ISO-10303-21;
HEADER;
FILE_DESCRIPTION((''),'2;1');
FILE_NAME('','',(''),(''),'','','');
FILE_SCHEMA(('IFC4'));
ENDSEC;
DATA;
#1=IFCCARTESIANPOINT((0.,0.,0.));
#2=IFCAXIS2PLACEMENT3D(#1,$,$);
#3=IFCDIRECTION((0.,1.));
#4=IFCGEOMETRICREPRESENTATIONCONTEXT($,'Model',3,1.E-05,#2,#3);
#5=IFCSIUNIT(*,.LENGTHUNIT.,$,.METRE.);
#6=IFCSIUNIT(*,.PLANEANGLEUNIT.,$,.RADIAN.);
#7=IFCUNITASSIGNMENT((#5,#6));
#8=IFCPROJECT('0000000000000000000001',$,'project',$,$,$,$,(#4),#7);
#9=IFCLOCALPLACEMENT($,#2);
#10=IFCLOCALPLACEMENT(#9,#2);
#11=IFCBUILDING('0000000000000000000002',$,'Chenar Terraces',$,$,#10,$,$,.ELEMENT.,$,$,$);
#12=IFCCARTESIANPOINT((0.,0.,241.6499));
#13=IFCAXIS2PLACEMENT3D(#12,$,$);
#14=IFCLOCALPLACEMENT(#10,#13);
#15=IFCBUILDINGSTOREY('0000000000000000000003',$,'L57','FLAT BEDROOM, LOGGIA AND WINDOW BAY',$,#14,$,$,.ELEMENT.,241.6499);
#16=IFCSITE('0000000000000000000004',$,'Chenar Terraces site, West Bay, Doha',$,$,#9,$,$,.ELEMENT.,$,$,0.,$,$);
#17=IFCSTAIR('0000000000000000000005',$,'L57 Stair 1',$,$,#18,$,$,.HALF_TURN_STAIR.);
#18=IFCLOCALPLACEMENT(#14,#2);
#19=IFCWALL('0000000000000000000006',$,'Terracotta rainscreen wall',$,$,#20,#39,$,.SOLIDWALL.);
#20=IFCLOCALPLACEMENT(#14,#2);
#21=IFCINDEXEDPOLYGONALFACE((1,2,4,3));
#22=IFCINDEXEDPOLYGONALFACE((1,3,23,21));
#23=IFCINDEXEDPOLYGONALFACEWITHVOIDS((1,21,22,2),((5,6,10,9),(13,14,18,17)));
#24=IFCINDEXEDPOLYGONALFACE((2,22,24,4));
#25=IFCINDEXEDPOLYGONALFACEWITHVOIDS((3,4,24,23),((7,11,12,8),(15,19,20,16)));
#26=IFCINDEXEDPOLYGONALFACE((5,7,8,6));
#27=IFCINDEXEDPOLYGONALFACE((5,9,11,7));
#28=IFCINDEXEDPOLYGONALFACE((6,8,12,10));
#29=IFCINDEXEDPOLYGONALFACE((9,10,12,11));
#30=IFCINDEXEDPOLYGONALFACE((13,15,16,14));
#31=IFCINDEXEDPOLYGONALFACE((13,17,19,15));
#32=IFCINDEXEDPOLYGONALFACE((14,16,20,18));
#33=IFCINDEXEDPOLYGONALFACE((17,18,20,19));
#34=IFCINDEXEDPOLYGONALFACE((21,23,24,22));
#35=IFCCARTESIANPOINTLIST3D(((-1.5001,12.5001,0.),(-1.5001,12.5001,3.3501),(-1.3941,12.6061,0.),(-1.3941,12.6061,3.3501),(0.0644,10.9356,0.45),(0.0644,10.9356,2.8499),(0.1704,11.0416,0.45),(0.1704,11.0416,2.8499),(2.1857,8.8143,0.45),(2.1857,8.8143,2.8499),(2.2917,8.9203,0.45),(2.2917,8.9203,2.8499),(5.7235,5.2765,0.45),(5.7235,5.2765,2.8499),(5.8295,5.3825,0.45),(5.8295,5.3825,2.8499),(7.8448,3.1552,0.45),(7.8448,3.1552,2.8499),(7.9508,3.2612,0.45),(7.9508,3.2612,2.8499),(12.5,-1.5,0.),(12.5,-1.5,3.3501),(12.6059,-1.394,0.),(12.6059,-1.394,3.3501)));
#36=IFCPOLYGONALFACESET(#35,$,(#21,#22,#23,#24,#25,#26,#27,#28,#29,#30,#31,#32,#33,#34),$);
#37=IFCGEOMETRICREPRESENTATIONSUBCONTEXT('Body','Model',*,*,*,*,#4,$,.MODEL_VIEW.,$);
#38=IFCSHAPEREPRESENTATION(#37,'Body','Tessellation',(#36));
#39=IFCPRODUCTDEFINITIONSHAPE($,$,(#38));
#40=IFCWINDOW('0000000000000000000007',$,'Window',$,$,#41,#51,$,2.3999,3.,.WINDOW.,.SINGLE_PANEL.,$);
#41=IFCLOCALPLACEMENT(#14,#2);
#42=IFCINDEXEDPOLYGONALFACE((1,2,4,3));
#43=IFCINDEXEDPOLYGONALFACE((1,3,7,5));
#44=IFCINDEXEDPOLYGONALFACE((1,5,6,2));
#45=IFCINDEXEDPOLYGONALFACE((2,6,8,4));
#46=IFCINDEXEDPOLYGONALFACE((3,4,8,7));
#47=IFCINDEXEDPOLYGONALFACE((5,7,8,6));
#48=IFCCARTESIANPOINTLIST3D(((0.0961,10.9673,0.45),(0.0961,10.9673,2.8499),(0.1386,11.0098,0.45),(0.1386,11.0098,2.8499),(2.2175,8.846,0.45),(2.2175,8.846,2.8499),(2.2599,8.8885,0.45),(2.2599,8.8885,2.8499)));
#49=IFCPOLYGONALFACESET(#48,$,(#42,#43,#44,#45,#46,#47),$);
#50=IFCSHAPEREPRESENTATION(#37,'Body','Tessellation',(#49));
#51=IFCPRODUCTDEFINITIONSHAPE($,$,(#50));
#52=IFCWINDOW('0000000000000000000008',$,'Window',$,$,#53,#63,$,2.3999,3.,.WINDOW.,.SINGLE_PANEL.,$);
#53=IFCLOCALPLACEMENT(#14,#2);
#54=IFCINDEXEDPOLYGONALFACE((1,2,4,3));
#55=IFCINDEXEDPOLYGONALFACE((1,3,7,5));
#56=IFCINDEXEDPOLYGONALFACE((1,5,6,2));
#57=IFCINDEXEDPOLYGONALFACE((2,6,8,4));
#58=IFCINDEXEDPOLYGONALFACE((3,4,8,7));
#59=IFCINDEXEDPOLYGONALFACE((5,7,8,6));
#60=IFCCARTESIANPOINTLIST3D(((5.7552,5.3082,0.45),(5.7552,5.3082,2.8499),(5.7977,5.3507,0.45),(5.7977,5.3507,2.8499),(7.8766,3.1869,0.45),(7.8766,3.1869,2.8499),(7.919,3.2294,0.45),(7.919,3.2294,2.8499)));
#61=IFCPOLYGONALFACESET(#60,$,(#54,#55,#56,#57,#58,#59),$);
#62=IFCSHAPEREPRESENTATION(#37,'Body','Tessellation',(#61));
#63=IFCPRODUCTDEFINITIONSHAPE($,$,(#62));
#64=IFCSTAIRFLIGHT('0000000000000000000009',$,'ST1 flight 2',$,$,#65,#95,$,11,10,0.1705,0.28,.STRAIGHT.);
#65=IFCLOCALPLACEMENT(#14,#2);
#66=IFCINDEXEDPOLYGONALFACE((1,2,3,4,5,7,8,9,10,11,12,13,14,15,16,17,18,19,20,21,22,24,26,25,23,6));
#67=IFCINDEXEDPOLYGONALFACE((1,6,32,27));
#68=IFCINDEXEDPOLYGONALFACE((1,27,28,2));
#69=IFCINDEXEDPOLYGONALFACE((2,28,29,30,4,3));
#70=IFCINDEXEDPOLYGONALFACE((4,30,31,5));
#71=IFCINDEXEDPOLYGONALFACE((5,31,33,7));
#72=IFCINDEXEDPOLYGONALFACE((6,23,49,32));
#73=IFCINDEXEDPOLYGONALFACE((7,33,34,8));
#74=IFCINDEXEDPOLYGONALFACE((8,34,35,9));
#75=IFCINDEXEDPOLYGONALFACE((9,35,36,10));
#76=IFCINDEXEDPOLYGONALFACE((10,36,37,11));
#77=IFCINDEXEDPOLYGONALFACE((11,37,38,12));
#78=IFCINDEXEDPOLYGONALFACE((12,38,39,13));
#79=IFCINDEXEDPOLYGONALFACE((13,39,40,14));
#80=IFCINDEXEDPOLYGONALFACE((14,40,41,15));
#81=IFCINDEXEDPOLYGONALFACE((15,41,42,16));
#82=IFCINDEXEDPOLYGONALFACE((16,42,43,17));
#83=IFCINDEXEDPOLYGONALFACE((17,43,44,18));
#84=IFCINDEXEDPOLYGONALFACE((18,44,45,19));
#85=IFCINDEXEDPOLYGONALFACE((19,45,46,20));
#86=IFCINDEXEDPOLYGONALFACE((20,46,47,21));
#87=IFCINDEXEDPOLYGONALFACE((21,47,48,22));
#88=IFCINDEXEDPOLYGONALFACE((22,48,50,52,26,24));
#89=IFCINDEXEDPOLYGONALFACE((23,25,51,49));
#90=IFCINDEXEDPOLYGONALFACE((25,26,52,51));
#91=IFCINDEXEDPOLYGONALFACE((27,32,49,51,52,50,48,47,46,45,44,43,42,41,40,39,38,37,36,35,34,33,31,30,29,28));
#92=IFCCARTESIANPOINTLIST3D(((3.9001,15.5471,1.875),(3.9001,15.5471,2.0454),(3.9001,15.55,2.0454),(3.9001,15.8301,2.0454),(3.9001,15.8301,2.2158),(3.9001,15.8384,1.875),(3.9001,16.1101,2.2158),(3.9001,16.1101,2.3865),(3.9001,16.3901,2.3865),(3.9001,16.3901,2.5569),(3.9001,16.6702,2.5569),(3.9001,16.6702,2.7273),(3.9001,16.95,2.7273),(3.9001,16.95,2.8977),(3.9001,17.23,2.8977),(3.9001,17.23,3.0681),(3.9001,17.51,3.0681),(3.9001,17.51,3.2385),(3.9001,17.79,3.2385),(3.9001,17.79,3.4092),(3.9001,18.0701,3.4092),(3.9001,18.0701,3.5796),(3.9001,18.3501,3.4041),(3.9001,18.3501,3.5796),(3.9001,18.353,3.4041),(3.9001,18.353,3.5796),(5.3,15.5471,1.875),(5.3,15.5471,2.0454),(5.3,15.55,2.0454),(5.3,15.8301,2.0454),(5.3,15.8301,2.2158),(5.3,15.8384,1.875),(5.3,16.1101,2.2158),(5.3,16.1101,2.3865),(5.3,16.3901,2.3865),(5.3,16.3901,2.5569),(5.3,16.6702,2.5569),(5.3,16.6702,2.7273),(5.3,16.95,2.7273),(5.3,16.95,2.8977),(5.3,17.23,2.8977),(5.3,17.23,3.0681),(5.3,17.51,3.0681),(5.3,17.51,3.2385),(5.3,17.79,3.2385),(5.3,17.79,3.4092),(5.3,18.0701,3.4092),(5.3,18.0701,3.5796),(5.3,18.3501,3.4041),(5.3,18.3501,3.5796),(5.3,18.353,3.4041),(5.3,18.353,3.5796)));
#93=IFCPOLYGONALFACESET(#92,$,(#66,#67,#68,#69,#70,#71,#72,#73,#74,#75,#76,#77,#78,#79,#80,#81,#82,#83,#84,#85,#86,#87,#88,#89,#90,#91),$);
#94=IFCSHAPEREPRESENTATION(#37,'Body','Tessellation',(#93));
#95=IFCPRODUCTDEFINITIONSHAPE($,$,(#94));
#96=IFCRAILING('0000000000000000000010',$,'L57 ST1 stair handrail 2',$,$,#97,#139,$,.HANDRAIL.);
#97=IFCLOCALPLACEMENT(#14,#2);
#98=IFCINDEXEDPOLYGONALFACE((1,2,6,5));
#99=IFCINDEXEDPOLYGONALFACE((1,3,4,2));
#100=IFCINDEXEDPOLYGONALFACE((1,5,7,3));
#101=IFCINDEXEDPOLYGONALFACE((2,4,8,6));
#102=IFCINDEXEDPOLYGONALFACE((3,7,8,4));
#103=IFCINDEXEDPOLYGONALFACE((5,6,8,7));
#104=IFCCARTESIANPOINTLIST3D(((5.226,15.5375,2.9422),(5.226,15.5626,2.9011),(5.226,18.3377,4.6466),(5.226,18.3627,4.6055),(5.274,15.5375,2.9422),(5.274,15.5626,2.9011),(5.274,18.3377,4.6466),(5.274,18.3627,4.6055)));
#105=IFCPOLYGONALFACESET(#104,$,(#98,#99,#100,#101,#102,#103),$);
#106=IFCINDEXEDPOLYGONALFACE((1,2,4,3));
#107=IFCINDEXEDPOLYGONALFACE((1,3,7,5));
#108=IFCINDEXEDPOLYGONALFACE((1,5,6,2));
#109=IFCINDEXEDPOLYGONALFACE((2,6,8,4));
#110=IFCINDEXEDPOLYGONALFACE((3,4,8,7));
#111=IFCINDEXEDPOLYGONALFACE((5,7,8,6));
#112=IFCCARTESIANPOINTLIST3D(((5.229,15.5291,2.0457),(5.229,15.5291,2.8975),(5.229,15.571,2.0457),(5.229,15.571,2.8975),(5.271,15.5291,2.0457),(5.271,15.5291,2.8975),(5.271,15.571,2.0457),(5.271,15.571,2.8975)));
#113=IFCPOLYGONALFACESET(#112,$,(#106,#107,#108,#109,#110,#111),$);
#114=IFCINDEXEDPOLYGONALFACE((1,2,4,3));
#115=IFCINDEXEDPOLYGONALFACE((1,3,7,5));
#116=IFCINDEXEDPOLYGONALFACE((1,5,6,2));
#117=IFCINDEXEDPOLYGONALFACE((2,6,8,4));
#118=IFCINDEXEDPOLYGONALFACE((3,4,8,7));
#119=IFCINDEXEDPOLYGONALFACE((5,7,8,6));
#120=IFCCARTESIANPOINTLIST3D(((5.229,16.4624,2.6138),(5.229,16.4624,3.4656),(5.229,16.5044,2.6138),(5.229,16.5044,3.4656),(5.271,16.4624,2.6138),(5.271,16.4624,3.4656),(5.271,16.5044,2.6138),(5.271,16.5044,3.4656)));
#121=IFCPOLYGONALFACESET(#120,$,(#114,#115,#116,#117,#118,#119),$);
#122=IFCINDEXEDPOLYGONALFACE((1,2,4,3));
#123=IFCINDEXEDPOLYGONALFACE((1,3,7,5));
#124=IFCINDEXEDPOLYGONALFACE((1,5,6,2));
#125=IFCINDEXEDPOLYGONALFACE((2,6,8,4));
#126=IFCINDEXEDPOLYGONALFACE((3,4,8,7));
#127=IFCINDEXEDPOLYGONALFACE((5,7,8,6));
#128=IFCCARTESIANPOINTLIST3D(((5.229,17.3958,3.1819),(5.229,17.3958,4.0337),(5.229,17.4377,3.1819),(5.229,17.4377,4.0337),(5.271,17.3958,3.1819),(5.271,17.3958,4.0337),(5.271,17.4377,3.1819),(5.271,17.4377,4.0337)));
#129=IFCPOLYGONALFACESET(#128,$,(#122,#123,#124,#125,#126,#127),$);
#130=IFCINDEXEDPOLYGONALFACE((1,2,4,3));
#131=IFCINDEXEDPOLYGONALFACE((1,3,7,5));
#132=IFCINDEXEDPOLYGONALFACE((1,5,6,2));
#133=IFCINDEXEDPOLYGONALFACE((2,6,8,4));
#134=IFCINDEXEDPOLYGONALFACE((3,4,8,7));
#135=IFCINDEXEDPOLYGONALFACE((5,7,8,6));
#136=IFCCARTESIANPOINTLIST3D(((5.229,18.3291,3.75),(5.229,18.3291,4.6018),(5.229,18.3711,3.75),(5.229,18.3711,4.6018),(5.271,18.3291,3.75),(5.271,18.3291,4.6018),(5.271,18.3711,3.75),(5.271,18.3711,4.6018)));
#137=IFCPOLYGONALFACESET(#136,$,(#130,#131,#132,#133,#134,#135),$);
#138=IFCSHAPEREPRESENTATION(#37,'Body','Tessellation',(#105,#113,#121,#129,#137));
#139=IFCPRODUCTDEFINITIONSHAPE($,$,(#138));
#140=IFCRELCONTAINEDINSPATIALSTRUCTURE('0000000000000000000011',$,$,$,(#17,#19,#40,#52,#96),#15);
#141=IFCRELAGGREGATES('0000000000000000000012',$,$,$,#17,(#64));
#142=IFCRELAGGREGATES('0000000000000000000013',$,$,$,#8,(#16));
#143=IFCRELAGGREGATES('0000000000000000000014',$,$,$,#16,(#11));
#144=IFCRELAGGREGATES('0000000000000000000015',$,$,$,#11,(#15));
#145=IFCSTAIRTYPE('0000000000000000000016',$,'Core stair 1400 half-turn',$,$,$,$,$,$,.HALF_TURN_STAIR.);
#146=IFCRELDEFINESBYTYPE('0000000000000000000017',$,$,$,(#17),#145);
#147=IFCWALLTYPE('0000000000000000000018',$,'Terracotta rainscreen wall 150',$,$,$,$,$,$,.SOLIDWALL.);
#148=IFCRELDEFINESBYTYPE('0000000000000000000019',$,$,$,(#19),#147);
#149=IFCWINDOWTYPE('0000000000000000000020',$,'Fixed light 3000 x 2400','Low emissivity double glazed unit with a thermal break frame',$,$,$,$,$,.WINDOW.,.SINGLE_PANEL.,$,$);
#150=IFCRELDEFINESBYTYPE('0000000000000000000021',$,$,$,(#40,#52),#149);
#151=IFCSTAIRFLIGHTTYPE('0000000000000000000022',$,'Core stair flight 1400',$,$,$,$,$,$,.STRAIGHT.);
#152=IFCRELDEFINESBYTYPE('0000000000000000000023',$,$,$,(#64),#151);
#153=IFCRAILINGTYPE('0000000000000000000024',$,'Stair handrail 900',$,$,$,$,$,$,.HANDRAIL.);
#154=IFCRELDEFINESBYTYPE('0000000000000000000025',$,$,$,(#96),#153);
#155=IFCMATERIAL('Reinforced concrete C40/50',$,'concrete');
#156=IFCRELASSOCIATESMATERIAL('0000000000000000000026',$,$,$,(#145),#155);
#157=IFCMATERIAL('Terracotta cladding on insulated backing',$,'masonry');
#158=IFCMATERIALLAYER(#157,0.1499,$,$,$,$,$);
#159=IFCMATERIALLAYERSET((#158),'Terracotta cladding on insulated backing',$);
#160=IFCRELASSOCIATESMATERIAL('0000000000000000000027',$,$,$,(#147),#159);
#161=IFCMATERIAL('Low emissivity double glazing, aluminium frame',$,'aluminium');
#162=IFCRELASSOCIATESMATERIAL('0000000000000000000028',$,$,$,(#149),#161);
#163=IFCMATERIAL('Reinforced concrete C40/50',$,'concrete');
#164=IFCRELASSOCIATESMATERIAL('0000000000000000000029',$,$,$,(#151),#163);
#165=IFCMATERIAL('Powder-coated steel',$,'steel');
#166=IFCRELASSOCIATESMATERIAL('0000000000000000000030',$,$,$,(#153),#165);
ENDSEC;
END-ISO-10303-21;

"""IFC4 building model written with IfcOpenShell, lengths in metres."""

from ifc_helpers import new_model, si_unit, direction, frame, frame_2d, origin, origin_2d, place, context, subcontext, project, spatial, polyline, rectangle, outline, extrude, material, layer, layer_set, type_object, element, fill, aggregate, save


model = new_model("IFC4")

# Units and contexts
model_context = context("Model", 3, precision=1e-05, world=origin(), true_north=direction((0.0, 1.0)))
body_context = subcontext(model_context, "Body", "Model", "MODEL_VIEW")
ifc_project = project(units=[si_unit("LENGTHUNIT", "METRE"), si_unit("PLANEANGLEUNIT", "RADIAN")], contexts=[model_context])

# Site, building, storey
site_placement = place(None, origin())
site = spatial("IfcSite", under=ifc_project, at=site_placement, Name="Chenar Terraces site, West Bay, Doha", CompositionType="ELEMENT", RefElevation=0.0)
building_placement = place(site_placement, origin())
building = spatial("IfcBuilding", under=site, at=building_placement, Name="Chenar Terraces", CompositionType="ELEMENT")
storey_placement = place(building_placement, frame((0.0, 0.0, 241.6499)))
storey = spatial("IfcBuildingStorey", under=building, at=storey_placement, Name="L57", Description="FLAT BEDROOM, LOGGIA AND WINDOW BAY", CompositionType="ELEMENT", Elevation=241.6499)

# Stair
ifc_material_1 = material(Name="Reinforced concrete C40/50", Category="concrete")
stair_type = type_object("IfcStairType", Name="Core stair 1400 half-turn", PredefinedType="HALF_TURN_STAIR", material=ifc_material_1)
placement_1 = place(storey_placement, origin())
stair_1 = element("IfcStair", 1, at=placement_1, inside=storey, type_object=stair_type, Name="L57 Stair 1", PredefinedType="HALF_TURN_STAIR")

# Wall, openings, windows
ifc_material_2 = material(Name="Terracotta cladding on insulated backing", Category="masonry")
ifc_layer_1 = layer(ifc_material_2, 0.1499)
ifc_layer_set_1 = layer_set([ifc_layer_1], Name="Terracotta cladding on insulated backing")
wall_type_1 = type_object("IfcWallType", Name="Terracotta rainscreen wall 150", PredefinedType="SOLIDWALL", material=ifc_layer_set_1)
wall_1_placement = place(storey_placement, frame((-1.447, 12.553, 0.0), z_axis=(0.0, 0.0, 1.0), x_axis=(0.707107, -0.707107, 0.0)))
wall_1 = element("IfcWall", 2, at=wall_1_placement, inside=storey, type_object=wall_type_1, Name="Terracotta rainscreen wall", PredefinedType="SOLIDWALL", context=body_context, shape_type="SweptSolid", body=[
    extrude(rectangle(XDim=19.7991, YDim=0.1499, at=frame_2d((9.8994, 0.0))), origin(), (0.0, 0.0, 1.0), 3.3501),
])
opening_1_placement = place(wall_1_placement, frame((2.2124, 0.0, 0.45)))
opening_1 = element("IfcOpeningElement", 3, at=opening_1_placement, cuts=wall_1, PredefinedType="OPENING", context=body_context, shape_type="SweptSolid", body=[
    extrude(rectangle(XDim=3.0, YDim=2.3999, at=frame_2d((1.5, 1.2))), frame((0.0, 0.085, 0.0), z_axis=(0.0, -1.0, 0.0), x_axis=(1.0, 0.0, 0.0)), (0.0, 0.0, 1.0), 0.1699),
])
opening_2_placement = place(wall_1_placement, frame((10.2156, 0.0, 0.45)))
opening_2 = element("IfcOpeningElement", 4, at=opening_2_placement, cuts=wall_1, PredefinedType="OPENING", context=body_context, shape_type="SweptSolid", body=[
    extrude(rectangle(XDim=3.0, YDim=2.3999, at=frame_2d((1.5, 1.2))), frame((0.0, 0.085, 0.0), z_axis=(0.0, -1.0, 0.0), x_axis=(1.0, 0.0, 0.0)), (0.0, 0.0, 1.0), 0.1699),
])
ifc_material_3 = material(Name="Low emissivity double glazing, aluminium frame", Category="aluminium")
window_type = type_object("IfcWindowType", Name="Fixed light 3000 x 2400", Description="Low emissivity double glazed unit with a thermal break frame", PartitioningType="SINGLE_PANEL", PredefinedType="WINDOW", material=ifc_material_3)
window_1_placement = place(opening_1_placement, origin())
window_1 = element("IfcWindow", 5, at=window_1_placement, inside=storey, type_object=window_type, Name="Window", OverallHeight=2.3999, OverallWidth=3.0, PartitioningType="SINGLE_PANEL", PredefinedType="WINDOW", context=body_context, shape_type="SweptSolid", body=[
    extrude(rectangle(XDim=3.0, YDim=2.3999, at=frame_2d((1.5, 1.2))), frame((0.0, 0.03, 0.0), z_axis=(0.0, -1.0, 0.0), x_axis=(1.0, 0.0, 0.0)), (0.0, 0.0, 1.0), 0.0601),
])
fill(opening_1, window_1)
window_2_placement = place(opening_2_placement, origin())
window_2 = element("IfcWindow", 6, at=window_2_placement, inside=storey, type_object=window_type, Name="Window", OverallHeight=2.3999, OverallWidth=3.0, PartitioningType="SINGLE_PANEL", PredefinedType="WINDOW", context=body_context, shape_type="SweptSolid", body=[
    extrude(rectangle(XDim=3.0, YDim=2.3999, at=frame_2d((1.5, 1.2))), frame((0.0, 0.03, 0.0), z_axis=(0.0, -1.0, 0.0), x_axis=(1.0, 0.0, 0.0)), (0.0, 0.0, 1.0), 0.0601),
])
fill(opening_2, window_2)

# Stair flight
ifc_material_4 = material(Name="Reinforced concrete C40/50", Category="concrete")
stair_flight_type = type_object("IfcStairFlightType", Name="Core stair flight 1400", PredefinedType="STRAIGHT", material=ifc_material_4)
stair_flight_placement = place(storey_placement, frame((4.6001, 15.55, 1.875), z_axis=(0.0, 0.0, 1.0), x_axis=(0.0, 1.0, 0.0)))
stair_flight = element("IfcStairFlight", 7, at=stair_flight_placement, type_object=stair_flight_type, Name="ST1 flight 2", NumberOfRisers=11, NumberOfTreads=10, PredefinedType="STRAIGHT", RiserHeight=0.1705, TreadLength=0.28, context=body_context, shape_type="SweptSolid", body=[
    extrude(outline(polyline([(-0.0029, 0.0), (-0.0029, 0.1704), (0.0, 0.1704), (0.28, 0.1704), (0.28, 0.3408), (0.5601, 0.3408), (0.5601, 0.5115), (0.8401, 0.5115), (0.8401, 0.6819), (1.1201, 0.6819), (1.1201, 0.8523), (1.3999, 0.8523), (1.3999, 1.0227), (1.6799, 1.0227), (1.6799, 1.1931), (1.96, 1.1931), (1.96, 1.3635), (2.24, 1.3635), (2.24, 1.5342), (2.52, 1.5342), (2.52, 1.7046), (2.8, 1.7046), (2.803, 1.7046), (2.803, 1.5291), (2.8, 1.5291), (0.2883, 0.0), (-0.0029, 0.0)])), frame((0.0, 0.7, 0.0), z_axis=(0.0, -1.0, 0.0), x_axis=(1.0, 0.0, 0.0)), (0.0, 0.0, 1.0), 1.3999),
])
aggregate(stair_1, [stair_flight])

# Railing
ifc_material_5 = material(Name="Powder-coated steel", Category="steel")
railing_type = type_object("IfcRailingType", Name="Stair handrail 900", PredefinedType="HANDRAIL", material=ifc_material_5)
railing_placement = place(storey_placement, frame((5.25, 15.55, 2.0457)))
element("IfcRailing", 8, at=railing_placement, inside=storey, type_object=railing_type, Name="L57 ST1 stair handrail 2", PredefinedType="HANDRAIL", context=body_context, shape_type="SweptSolid", body=[
    extrude(rectangle(XDim=0.0481, YDim=0.0481, at=origin_2d()), frame((0.0, 0.0, 0.876), z_axis=(0.0, 0.854203, 0.51994), x_axis=(-1.0, 0.0, 0.0)), (0.0, 0.0, 1.0), 3.2781),
    extrude(rectangle(XDim=0.042, YDim=0.042, at=origin_2d()), origin(), (0.0, 0.0, 1.0), 0.8518),
    extrude(rectangle(XDim=0.042, YDim=0.042, at=origin_2d()), frame((0.0, 0.9333, 0.5681)), (0.0, 0.0, 1.0), 0.8518),
    extrude(rectangle(XDim=0.042, YDim=0.042, at=origin_2d()), frame((0.0, 1.8667, 1.1362)), (0.0, 0.0, 1.0), 0.8518),
    extrude(rectangle(XDim=0.042, YDim=0.042, at=origin_2d()), frame((0.0, 2.8, 1.7043)), (0.0, 0.0, 1.0), 0.8518),
])

save(model, "model.ifc")
